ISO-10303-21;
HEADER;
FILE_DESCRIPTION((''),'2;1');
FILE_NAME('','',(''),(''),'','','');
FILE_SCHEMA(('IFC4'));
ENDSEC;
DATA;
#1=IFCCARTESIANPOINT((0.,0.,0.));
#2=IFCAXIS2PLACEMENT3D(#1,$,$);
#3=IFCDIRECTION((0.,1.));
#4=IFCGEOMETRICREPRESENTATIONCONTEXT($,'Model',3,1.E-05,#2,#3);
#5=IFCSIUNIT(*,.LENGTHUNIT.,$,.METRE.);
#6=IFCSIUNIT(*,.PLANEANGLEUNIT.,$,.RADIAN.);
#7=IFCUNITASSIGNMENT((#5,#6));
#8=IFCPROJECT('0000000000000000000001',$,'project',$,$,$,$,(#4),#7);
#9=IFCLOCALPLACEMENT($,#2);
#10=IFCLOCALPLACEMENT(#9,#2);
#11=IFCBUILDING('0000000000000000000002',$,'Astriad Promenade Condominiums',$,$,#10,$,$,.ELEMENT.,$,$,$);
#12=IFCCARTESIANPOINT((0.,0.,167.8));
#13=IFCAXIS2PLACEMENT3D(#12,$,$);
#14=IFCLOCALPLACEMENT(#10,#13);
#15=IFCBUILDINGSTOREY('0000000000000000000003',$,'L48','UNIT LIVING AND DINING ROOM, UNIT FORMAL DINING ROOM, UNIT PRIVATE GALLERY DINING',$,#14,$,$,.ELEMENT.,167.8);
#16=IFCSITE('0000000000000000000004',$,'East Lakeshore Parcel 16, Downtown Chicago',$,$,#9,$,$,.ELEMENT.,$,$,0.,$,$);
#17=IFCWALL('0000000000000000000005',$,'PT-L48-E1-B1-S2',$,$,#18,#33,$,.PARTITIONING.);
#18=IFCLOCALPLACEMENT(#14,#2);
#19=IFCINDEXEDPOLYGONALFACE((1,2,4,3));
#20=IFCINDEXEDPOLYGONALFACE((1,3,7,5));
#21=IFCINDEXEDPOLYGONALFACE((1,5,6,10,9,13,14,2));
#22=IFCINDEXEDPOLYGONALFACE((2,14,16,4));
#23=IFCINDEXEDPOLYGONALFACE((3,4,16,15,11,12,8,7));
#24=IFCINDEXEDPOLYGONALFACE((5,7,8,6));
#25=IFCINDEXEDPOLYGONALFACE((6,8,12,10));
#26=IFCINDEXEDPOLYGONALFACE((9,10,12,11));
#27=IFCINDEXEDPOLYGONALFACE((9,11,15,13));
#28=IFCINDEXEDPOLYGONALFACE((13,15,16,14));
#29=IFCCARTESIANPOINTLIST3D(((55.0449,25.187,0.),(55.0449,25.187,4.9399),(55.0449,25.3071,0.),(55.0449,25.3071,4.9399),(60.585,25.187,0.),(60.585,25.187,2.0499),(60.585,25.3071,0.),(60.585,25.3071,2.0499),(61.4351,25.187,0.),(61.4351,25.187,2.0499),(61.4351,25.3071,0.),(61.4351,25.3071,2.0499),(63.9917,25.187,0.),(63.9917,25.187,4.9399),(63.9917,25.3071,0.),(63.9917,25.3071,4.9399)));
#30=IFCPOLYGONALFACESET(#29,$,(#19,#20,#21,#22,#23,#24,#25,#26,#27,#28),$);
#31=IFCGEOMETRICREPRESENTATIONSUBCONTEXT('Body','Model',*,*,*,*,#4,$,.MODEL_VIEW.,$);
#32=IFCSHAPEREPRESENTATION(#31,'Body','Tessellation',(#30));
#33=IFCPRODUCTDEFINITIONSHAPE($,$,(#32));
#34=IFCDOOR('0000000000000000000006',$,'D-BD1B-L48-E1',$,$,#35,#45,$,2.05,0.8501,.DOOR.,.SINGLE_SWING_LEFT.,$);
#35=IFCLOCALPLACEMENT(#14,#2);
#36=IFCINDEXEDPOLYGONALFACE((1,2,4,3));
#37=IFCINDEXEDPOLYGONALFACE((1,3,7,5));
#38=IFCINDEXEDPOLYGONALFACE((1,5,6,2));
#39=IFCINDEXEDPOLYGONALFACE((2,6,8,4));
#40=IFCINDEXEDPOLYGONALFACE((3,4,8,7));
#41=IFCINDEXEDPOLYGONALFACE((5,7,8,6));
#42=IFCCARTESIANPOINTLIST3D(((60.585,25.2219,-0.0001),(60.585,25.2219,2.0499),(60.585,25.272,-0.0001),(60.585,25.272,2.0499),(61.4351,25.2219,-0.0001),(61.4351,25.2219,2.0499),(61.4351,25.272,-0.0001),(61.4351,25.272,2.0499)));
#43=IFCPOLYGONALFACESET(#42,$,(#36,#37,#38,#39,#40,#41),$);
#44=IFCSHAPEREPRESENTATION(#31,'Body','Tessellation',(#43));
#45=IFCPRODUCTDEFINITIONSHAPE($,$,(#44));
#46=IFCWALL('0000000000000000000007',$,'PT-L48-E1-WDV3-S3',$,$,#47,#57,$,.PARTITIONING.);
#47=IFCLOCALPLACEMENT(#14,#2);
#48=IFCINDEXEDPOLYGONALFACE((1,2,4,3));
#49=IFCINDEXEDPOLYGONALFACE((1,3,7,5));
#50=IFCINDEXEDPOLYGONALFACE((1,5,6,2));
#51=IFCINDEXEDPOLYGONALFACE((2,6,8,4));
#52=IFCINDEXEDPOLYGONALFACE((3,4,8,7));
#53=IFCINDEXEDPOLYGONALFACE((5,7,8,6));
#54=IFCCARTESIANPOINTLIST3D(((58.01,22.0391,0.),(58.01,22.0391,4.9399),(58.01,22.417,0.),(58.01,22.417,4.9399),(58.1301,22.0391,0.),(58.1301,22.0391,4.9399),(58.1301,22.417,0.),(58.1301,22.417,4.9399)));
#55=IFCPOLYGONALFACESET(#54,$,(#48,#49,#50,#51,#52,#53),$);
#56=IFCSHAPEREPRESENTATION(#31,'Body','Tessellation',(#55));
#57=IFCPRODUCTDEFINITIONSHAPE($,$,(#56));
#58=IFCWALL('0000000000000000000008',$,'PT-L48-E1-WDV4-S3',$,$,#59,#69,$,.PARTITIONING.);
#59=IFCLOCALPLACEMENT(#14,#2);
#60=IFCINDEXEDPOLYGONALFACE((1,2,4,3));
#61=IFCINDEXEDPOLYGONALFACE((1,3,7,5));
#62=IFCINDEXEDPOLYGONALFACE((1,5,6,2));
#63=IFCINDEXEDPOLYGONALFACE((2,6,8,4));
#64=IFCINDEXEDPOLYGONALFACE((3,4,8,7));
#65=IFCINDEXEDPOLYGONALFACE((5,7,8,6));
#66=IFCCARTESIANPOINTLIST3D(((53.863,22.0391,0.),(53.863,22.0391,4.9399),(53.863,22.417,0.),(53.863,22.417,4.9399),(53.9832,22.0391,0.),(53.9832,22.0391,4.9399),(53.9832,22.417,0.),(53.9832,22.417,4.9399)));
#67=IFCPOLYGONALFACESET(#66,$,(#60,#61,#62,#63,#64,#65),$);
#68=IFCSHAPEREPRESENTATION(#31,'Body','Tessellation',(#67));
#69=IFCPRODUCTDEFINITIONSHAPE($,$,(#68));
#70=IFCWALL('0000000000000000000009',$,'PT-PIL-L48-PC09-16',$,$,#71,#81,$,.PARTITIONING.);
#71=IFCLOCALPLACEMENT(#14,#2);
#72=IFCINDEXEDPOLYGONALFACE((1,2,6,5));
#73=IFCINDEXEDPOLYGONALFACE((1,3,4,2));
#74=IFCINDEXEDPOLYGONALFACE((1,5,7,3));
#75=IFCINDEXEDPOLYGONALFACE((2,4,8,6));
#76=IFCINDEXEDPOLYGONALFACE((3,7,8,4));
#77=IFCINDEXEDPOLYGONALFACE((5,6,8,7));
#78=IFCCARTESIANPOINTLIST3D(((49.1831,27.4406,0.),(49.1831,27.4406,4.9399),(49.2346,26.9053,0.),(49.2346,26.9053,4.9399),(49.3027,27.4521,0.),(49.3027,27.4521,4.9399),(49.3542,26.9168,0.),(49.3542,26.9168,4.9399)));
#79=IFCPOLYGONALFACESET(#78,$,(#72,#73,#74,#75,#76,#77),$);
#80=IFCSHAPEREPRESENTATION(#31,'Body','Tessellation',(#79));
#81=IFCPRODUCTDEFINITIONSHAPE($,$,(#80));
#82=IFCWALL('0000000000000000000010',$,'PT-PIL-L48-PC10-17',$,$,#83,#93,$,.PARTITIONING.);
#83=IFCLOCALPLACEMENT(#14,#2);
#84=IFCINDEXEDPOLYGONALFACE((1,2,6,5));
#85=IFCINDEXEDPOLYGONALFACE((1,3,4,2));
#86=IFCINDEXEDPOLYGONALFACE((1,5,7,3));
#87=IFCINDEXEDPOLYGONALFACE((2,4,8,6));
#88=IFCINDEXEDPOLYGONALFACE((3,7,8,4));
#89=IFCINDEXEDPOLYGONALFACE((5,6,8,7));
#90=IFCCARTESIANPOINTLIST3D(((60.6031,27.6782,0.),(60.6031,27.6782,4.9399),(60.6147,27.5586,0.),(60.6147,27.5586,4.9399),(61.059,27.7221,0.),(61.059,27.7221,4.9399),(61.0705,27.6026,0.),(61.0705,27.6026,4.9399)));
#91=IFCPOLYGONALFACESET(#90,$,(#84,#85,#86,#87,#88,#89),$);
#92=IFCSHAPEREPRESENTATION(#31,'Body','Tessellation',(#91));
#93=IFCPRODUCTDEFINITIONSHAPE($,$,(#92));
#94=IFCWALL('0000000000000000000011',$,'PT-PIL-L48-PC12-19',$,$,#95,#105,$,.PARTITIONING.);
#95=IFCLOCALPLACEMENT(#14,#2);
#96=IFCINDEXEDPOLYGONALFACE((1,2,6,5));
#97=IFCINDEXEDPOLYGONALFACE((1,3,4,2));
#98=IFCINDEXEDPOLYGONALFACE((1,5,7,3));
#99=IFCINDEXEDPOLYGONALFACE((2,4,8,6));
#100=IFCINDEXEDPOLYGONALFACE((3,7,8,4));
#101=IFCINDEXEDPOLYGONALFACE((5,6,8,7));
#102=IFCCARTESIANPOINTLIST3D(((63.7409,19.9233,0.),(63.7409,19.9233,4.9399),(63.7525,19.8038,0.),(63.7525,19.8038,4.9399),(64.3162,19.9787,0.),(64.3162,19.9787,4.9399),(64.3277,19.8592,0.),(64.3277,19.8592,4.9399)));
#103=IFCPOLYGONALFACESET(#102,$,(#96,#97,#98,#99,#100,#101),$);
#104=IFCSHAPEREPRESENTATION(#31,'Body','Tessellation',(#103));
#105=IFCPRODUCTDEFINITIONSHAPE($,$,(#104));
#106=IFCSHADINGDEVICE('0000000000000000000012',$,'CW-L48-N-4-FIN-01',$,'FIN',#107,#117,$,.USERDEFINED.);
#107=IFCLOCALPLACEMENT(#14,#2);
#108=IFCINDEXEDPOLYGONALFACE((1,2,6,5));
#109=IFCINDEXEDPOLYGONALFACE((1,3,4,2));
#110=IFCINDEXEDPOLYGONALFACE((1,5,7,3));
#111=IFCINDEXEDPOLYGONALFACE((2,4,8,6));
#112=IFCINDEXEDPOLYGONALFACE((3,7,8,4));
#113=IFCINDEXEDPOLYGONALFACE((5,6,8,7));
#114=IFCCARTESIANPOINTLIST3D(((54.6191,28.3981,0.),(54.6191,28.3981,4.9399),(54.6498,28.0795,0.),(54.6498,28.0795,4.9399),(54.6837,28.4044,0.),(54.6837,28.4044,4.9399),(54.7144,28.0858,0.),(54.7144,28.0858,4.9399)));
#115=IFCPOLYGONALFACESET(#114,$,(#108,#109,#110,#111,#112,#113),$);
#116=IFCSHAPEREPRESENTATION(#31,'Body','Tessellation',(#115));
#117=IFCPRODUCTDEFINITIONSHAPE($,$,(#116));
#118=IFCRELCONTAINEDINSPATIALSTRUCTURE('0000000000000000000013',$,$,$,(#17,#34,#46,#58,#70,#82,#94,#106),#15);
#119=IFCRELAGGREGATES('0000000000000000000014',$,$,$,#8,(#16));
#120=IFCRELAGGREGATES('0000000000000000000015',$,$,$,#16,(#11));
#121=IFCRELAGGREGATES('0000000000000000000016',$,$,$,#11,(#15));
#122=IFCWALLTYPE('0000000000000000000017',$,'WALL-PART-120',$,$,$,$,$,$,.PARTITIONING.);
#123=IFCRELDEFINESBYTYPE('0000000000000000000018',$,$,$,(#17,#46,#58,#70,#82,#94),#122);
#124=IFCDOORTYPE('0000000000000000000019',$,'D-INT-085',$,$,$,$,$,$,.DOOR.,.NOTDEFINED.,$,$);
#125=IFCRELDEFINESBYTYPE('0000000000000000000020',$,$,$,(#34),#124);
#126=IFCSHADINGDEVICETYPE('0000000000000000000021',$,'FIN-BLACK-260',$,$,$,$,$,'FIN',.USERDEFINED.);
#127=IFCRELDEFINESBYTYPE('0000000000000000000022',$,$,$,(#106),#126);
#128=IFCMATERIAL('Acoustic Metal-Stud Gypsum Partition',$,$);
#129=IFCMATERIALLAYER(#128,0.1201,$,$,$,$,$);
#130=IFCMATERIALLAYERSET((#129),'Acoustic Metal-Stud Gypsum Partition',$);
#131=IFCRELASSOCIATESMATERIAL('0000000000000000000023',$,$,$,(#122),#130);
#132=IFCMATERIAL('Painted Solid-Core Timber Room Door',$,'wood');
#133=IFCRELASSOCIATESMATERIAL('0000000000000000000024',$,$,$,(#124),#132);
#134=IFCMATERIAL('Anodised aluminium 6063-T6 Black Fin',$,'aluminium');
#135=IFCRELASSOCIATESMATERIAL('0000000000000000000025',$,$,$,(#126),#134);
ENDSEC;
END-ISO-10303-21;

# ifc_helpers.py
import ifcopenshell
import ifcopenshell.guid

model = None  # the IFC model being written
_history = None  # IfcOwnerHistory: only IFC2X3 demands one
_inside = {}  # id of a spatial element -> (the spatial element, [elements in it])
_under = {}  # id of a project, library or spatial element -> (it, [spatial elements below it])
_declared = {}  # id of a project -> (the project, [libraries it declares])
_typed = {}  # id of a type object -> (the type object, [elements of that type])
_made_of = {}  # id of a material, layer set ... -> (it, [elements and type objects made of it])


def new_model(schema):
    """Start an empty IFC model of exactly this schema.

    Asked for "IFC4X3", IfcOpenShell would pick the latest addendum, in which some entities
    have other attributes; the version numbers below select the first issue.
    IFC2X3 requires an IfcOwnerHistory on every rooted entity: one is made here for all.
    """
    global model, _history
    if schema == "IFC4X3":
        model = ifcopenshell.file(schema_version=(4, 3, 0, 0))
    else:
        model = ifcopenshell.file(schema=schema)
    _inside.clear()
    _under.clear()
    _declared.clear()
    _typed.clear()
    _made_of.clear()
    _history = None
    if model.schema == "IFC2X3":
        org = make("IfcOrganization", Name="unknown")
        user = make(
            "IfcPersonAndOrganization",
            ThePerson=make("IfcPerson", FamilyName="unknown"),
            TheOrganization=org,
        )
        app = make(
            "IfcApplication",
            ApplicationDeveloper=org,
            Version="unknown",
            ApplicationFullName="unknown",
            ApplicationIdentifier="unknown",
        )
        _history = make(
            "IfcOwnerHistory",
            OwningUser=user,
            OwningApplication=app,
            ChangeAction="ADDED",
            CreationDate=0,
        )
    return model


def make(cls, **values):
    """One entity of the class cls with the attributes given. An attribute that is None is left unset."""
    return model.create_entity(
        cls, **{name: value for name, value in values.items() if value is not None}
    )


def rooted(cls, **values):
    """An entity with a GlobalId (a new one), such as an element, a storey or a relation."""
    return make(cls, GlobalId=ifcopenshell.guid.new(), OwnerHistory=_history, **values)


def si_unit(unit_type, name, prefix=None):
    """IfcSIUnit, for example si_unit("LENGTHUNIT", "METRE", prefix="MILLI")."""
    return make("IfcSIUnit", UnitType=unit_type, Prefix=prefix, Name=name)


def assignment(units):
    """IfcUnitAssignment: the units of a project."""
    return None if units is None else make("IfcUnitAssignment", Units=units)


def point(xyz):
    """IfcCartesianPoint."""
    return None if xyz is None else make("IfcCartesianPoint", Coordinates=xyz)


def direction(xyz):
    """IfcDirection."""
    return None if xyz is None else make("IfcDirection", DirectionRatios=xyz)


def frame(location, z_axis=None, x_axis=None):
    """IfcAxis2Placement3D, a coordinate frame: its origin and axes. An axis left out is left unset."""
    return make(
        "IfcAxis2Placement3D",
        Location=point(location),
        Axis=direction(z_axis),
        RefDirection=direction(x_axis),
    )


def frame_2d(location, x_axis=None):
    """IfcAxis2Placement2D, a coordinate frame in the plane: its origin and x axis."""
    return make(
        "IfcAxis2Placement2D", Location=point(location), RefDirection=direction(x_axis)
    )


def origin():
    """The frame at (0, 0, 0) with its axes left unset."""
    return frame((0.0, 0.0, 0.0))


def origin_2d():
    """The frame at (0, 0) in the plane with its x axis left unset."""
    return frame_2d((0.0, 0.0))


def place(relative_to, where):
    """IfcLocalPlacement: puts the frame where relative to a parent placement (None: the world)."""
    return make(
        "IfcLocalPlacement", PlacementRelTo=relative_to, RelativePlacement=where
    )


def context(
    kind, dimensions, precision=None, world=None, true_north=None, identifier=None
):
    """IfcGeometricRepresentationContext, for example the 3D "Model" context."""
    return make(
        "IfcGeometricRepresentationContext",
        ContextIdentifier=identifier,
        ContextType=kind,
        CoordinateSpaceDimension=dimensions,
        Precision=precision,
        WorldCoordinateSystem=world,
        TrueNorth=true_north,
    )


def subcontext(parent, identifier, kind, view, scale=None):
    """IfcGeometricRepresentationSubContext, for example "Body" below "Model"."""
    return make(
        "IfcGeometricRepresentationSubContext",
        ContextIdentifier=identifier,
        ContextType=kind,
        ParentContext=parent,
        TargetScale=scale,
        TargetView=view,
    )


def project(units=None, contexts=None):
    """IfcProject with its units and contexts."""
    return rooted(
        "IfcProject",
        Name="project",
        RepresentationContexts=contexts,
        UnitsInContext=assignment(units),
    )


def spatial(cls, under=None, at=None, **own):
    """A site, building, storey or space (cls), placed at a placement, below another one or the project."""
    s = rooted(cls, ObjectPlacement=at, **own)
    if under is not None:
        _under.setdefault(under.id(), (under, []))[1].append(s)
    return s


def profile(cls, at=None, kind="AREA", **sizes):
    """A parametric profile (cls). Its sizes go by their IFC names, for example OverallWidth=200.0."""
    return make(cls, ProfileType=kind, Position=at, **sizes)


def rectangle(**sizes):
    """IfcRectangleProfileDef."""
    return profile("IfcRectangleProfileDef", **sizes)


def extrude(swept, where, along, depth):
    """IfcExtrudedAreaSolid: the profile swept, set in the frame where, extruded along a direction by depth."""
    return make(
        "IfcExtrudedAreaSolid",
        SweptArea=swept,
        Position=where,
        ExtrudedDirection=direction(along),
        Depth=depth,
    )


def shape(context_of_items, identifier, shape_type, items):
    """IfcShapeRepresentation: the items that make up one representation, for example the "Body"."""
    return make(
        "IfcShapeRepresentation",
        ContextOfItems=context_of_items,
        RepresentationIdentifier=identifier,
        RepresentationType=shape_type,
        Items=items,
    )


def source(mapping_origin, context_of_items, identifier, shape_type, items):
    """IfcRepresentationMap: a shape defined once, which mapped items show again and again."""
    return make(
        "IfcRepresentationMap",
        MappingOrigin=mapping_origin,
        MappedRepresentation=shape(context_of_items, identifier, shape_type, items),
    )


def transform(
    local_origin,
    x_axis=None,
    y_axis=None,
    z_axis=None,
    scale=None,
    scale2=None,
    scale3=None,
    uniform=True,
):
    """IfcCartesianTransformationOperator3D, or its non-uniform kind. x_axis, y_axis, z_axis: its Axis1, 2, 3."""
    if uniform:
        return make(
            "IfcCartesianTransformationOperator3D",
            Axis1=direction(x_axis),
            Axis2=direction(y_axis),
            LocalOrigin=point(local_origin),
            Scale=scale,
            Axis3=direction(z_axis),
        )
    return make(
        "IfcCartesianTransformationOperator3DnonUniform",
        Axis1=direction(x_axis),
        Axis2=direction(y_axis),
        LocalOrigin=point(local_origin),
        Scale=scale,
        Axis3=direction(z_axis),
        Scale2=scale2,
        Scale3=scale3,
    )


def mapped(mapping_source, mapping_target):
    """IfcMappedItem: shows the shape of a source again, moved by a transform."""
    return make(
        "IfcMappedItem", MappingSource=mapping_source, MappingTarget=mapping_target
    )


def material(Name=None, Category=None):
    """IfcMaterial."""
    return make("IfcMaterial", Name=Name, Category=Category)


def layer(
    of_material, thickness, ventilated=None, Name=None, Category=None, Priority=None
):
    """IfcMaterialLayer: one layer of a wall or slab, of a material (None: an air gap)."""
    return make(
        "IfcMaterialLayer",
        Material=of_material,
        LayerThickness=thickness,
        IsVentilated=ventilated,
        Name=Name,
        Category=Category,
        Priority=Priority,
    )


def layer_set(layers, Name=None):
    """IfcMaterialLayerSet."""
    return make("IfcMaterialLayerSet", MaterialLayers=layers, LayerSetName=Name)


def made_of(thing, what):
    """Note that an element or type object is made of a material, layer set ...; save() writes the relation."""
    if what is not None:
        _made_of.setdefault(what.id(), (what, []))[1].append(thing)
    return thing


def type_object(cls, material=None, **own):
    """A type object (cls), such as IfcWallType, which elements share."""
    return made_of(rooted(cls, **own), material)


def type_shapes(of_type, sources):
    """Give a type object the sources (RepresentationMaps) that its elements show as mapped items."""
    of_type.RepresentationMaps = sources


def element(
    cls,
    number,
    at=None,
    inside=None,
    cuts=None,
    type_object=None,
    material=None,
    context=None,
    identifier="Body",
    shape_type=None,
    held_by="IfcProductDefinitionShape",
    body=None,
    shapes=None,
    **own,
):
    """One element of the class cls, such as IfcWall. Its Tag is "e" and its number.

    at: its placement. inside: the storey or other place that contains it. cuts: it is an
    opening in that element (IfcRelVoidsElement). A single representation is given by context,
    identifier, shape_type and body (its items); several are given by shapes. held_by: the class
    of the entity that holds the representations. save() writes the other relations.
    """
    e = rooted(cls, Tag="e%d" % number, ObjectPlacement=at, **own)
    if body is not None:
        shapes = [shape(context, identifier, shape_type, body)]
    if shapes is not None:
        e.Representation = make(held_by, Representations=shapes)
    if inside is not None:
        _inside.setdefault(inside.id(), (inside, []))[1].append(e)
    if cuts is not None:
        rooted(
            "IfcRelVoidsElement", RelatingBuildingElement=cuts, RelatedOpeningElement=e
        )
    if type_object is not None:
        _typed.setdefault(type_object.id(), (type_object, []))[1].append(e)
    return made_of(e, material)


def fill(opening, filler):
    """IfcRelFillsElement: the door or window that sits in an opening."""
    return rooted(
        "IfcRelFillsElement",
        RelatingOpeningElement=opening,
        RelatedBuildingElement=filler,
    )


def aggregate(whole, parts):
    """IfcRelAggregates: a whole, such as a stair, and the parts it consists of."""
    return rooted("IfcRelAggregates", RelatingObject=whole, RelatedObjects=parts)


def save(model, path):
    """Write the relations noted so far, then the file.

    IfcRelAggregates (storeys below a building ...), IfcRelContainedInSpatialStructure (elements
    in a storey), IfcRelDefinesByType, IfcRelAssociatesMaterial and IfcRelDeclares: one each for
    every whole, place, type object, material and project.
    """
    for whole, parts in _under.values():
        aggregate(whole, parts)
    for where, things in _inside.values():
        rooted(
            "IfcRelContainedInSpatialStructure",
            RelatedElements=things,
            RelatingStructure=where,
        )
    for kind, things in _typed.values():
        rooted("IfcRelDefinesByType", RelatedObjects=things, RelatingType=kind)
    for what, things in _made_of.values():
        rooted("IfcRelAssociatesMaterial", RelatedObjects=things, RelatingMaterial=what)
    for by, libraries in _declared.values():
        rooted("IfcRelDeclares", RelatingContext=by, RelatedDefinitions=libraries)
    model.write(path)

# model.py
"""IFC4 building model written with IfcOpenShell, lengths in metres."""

from ifc_helpers import new_model, si_unit, direction, frame, frame_2d, origin, origin_2d, place, context, subcontext, project, spatial, rectangle, extrude, source, transform, mapped, material, layer, layer_set, type_object, type_shapes, element, fill, save


model = new_model("IFC4")

# Units and contexts
model_context = context("Model", 3, precision=1e-05, world=origin(), true_north=direction((0.0, 1.0)))
body_context = subcontext(model_context, "Body", "Model", "MODEL_VIEW")
ifc_project = project(units=[si_unit("LENGTHUNIT", "METRE"), si_unit("PLANEANGLEUNIT", "RADIAN")], contexts=[model_context])

# Site, building, storey
site_placement = place(None, origin())
site = spatial("IfcSite", under=ifc_project, at=site_placement, Name="East Lakeshore Parcel 16, Downtown Chicago", CompositionType="ELEMENT", RefElevation=0.0)
building_placement = place(site_placement, origin())
building = spatial("IfcBuilding", under=site, at=building_placement, Name="Astriad Promenade Condominiums", CompositionType="ELEMENT")
storey_placement = place(building_placement, frame((0.0, 0.0, 167.8)))
storey = spatial("IfcBuildingStorey", under=building, at=storey_placement, Name="L48", Description="UNIT LIVING AND DINING ROOM, UNIT FORMAL DINING ROOM, UNIT PRIVATE GALLERY DINING", CompositionType="ELEMENT", Elevation=167.8)

# Shared definitions
ifc_material_1 = material(Name="Acoustic Metal-Stud Gypsum Partition")
ifc_layer_1 = layer(ifc_material_1, 0.1201)
ifc_layer_set_1 = layer_set([ifc_layer_1], Name="Acoustic Metal-Stud Gypsum Partition")
wall_type_1 = type_object("IfcWallType", Name="WALL-PART-120", PredefinedType="PARTITIONING", material=ifc_layer_set_1)

# Wall, opening, door
wall_1_placement = place(storey_placement, frame((55.0449, 25.2471, 0.0), z_axis=(0.0, 0.0, 1.0), x_axis=(1.0, 0.0, 0.0)))
wall_1 = element("IfcWall", 1, at=wall_1_placement, inside=storey, type_object=wall_type_1, Name="PT-L48-E1-B1-S2", PredefinedType="PARTITIONING", context=body_context, shape_type="SweptSolid", body=[
    extrude(rectangle(XDim=8.9468, YDim=0.1201, at=frame_2d((4.4734, 0.0))), origin(), (0.0, 0.0, 1.0), 4.9399),
])
opening_placement = place(wall_1_placement, frame((5.54, 0.0, 0.0)))
opening = element("IfcOpeningElement", 2, at=opening_placement, cuts=wall_1, PredefinedType="OPENING", context=body_context, shape_type="SweptSolid", body=[
    extrude(rectangle(XDim=0.8501, YDim=2.05, at=frame_2d((0.425, 1.0249))), frame((0.0, 0.0701, 0.0), z_axis=(0.0, -1.0, 0.0), x_axis=(1.0, 0.0, 0.0)), (0.0, 0.0, 1.0), 0.1401),
])
ifc_material_2 = material(Name="Painted Solid-Core Timber Room Door", Category="wood")
door_type = type_object("IfcDoorType", Name="D-INT-085", OperationType="NOTDEFINED", PredefinedType="DOOR", material=ifc_material_2)
shared_shape_1 = source(origin(), body_context, "Body", "SweptSolid", [
    extrude(rectangle(XDim=0.8501, YDim=2.05, at=frame_2d((0.425, 1.0249))), frame((0.0, 0.0249, 0.0), z_axis=(0.0, -1.0, 0.0), x_axis=(1.0, 0.0, 0.0)), (0.0, 0.0, 1.0), 0.05),
])
type_shapes(door_type, [shared_shape_1])
door_placement = place(opening_placement, origin())
door = element("IfcDoor", 3, at=door_placement, inside=storey, type_object=door_type, Name="D-BD1B-L48-E1", OperationType="SINGLE_SWING_LEFT", OverallHeight=2.05, OverallWidth=0.8501, PredefinedType="DOOR", context=body_context, shape_type="MappedRepresentation", body=[
    mapped(shared_shape_1, transform((0.0, 0.0, 0.0), scale=1.0)),
])
fill(opening, door)

# Walls
for number, where, z_axis, x_axis, name in (
    (4, (58.0701, 22.0391, 0.0), (0.0, 0.0, 1.0), (0.0, 1.0, 0.0), "PT-L48-E1-WDV3-S3"),
    (5, (53.9231, 22.0391, 0.0), (0.0, 0.0, 1.0), (0.0, 1.0, 0.0), "PT-L48-E1-WDV4-S3"),
):
    element("IfcWall", number, at=place(storey_placement, frame(where, z_axis=z_axis, x_axis=x_axis)), inside=storey, type_object=wall_type_1, Name=name, PredefinedType="PARTITIONING", context=body_context, shape_type="SweptSolid", body=[
        extrude(rectangle(XDim=0.3779, YDim=0.1201, at=frame_2d((0.189, 0.0))), origin(), (0.0, 0.0, 1.0), 4.9399),
    ])
wall_2_placement = place(storey_placement, frame((49.2944, 26.9109, 0.0), z_axis=(0.0, 0.0, 1.0), x_axis=(-0.095773, 0.995403, 0.0)))
element("IfcWall", 6, at=wall_2_placement, inside=storey, type_object=wall_type_1, Name="PT-PIL-L48-PC09-16", PredefinedType="PARTITIONING", context=body_context, shape_type="SweptSolid", body=[
    extrude(rectangle(XDim=0.5378, YDim=0.1201, at=frame_2d((0.269, 0.0))), origin(), (0.0, 0.0, 1.0), 4.9399),
])
wall_3_placement = place(storey_placement, frame((60.6089, 27.6184, 0.0), z_axis=(0.0, 0.0, 1.0), x_axis=(0.995385, 0.095966, 0.0)))
element("IfcWall", 7, at=wall_3_placement, inside=storey, type_object=wall_type_1, Name="PT-PIL-L48-PC10-17", PredefinedType="PARTITIONING", context=body_context, shape_type="SweptSolid", body=[
    extrude(rectangle(XDim=0.458, YDim=0.1201, at=frame_2d((0.229, 0.0))), origin(), (0.0, 0.0, 1.0), 4.9399),
])
wall_4_placement = place(storey_placement, frame((63.7466, 19.8635, 0.0), z_axis=(0.0, 0.0, 1.0), x_axis=(0.99539, 0.095906, 0.0)))
element("IfcWall", 8, at=wall_4_placement, inside=storey, type_object=wall_type_1, Name="PT-PIL-L48-PC12-19", PredefinedType="PARTITIONING", context=body_context, shape_type="SweptSolid", body=[
    extrude(rectangle(XDim=0.5779, YDim=0.1201, at=frame_2d((0.2891, 0.0))), origin(), (0.0, 0.0, 1.0), 4.9399),
])

# Shading device
ifc_material_3 = material(Name="Anodised aluminium 6063-T6 Black Fin", Category="aluminium")
shading_device_type = type_object("IfcShadingDeviceType", Name="FIN-BLACK-260", ElementType="FIN", PredefinedType="USERDEFINED", material=ifc_material_3)
shared_shape_2 = source(origin(), body_context, "Body", "SweptSolid", [
    extrude(rectangle(XDim=0.0649, YDim=0.3201, at=origin_2d()), origin(), (0.0, 0.0, 1.0), 4.9399),
])
type_shapes(shading_device_type, [shared_shape_2])
shading_device_placement = place(storey_placement, frame((54.6667, 28.2419, 0.0), z_axis=(0.0, 0.0, 1.0), x_axis=(0.995396, 0.095846, 0.0)))
element("IfcShadingDevice", 9, at=shading_device_placement, inside=storey, type_object=shading_device_type, Name="CW-L48-N-4-FIN-01", ObjectType="FIN", PredefinedType="USERDEFINED", context=body_context, shape_type="MappedRepresentation", body=[
    mapped(shared_shape_2, transform((0.0, 0.0, 0.0), scale=1.0)),
])

save(model, "model.ifc")
